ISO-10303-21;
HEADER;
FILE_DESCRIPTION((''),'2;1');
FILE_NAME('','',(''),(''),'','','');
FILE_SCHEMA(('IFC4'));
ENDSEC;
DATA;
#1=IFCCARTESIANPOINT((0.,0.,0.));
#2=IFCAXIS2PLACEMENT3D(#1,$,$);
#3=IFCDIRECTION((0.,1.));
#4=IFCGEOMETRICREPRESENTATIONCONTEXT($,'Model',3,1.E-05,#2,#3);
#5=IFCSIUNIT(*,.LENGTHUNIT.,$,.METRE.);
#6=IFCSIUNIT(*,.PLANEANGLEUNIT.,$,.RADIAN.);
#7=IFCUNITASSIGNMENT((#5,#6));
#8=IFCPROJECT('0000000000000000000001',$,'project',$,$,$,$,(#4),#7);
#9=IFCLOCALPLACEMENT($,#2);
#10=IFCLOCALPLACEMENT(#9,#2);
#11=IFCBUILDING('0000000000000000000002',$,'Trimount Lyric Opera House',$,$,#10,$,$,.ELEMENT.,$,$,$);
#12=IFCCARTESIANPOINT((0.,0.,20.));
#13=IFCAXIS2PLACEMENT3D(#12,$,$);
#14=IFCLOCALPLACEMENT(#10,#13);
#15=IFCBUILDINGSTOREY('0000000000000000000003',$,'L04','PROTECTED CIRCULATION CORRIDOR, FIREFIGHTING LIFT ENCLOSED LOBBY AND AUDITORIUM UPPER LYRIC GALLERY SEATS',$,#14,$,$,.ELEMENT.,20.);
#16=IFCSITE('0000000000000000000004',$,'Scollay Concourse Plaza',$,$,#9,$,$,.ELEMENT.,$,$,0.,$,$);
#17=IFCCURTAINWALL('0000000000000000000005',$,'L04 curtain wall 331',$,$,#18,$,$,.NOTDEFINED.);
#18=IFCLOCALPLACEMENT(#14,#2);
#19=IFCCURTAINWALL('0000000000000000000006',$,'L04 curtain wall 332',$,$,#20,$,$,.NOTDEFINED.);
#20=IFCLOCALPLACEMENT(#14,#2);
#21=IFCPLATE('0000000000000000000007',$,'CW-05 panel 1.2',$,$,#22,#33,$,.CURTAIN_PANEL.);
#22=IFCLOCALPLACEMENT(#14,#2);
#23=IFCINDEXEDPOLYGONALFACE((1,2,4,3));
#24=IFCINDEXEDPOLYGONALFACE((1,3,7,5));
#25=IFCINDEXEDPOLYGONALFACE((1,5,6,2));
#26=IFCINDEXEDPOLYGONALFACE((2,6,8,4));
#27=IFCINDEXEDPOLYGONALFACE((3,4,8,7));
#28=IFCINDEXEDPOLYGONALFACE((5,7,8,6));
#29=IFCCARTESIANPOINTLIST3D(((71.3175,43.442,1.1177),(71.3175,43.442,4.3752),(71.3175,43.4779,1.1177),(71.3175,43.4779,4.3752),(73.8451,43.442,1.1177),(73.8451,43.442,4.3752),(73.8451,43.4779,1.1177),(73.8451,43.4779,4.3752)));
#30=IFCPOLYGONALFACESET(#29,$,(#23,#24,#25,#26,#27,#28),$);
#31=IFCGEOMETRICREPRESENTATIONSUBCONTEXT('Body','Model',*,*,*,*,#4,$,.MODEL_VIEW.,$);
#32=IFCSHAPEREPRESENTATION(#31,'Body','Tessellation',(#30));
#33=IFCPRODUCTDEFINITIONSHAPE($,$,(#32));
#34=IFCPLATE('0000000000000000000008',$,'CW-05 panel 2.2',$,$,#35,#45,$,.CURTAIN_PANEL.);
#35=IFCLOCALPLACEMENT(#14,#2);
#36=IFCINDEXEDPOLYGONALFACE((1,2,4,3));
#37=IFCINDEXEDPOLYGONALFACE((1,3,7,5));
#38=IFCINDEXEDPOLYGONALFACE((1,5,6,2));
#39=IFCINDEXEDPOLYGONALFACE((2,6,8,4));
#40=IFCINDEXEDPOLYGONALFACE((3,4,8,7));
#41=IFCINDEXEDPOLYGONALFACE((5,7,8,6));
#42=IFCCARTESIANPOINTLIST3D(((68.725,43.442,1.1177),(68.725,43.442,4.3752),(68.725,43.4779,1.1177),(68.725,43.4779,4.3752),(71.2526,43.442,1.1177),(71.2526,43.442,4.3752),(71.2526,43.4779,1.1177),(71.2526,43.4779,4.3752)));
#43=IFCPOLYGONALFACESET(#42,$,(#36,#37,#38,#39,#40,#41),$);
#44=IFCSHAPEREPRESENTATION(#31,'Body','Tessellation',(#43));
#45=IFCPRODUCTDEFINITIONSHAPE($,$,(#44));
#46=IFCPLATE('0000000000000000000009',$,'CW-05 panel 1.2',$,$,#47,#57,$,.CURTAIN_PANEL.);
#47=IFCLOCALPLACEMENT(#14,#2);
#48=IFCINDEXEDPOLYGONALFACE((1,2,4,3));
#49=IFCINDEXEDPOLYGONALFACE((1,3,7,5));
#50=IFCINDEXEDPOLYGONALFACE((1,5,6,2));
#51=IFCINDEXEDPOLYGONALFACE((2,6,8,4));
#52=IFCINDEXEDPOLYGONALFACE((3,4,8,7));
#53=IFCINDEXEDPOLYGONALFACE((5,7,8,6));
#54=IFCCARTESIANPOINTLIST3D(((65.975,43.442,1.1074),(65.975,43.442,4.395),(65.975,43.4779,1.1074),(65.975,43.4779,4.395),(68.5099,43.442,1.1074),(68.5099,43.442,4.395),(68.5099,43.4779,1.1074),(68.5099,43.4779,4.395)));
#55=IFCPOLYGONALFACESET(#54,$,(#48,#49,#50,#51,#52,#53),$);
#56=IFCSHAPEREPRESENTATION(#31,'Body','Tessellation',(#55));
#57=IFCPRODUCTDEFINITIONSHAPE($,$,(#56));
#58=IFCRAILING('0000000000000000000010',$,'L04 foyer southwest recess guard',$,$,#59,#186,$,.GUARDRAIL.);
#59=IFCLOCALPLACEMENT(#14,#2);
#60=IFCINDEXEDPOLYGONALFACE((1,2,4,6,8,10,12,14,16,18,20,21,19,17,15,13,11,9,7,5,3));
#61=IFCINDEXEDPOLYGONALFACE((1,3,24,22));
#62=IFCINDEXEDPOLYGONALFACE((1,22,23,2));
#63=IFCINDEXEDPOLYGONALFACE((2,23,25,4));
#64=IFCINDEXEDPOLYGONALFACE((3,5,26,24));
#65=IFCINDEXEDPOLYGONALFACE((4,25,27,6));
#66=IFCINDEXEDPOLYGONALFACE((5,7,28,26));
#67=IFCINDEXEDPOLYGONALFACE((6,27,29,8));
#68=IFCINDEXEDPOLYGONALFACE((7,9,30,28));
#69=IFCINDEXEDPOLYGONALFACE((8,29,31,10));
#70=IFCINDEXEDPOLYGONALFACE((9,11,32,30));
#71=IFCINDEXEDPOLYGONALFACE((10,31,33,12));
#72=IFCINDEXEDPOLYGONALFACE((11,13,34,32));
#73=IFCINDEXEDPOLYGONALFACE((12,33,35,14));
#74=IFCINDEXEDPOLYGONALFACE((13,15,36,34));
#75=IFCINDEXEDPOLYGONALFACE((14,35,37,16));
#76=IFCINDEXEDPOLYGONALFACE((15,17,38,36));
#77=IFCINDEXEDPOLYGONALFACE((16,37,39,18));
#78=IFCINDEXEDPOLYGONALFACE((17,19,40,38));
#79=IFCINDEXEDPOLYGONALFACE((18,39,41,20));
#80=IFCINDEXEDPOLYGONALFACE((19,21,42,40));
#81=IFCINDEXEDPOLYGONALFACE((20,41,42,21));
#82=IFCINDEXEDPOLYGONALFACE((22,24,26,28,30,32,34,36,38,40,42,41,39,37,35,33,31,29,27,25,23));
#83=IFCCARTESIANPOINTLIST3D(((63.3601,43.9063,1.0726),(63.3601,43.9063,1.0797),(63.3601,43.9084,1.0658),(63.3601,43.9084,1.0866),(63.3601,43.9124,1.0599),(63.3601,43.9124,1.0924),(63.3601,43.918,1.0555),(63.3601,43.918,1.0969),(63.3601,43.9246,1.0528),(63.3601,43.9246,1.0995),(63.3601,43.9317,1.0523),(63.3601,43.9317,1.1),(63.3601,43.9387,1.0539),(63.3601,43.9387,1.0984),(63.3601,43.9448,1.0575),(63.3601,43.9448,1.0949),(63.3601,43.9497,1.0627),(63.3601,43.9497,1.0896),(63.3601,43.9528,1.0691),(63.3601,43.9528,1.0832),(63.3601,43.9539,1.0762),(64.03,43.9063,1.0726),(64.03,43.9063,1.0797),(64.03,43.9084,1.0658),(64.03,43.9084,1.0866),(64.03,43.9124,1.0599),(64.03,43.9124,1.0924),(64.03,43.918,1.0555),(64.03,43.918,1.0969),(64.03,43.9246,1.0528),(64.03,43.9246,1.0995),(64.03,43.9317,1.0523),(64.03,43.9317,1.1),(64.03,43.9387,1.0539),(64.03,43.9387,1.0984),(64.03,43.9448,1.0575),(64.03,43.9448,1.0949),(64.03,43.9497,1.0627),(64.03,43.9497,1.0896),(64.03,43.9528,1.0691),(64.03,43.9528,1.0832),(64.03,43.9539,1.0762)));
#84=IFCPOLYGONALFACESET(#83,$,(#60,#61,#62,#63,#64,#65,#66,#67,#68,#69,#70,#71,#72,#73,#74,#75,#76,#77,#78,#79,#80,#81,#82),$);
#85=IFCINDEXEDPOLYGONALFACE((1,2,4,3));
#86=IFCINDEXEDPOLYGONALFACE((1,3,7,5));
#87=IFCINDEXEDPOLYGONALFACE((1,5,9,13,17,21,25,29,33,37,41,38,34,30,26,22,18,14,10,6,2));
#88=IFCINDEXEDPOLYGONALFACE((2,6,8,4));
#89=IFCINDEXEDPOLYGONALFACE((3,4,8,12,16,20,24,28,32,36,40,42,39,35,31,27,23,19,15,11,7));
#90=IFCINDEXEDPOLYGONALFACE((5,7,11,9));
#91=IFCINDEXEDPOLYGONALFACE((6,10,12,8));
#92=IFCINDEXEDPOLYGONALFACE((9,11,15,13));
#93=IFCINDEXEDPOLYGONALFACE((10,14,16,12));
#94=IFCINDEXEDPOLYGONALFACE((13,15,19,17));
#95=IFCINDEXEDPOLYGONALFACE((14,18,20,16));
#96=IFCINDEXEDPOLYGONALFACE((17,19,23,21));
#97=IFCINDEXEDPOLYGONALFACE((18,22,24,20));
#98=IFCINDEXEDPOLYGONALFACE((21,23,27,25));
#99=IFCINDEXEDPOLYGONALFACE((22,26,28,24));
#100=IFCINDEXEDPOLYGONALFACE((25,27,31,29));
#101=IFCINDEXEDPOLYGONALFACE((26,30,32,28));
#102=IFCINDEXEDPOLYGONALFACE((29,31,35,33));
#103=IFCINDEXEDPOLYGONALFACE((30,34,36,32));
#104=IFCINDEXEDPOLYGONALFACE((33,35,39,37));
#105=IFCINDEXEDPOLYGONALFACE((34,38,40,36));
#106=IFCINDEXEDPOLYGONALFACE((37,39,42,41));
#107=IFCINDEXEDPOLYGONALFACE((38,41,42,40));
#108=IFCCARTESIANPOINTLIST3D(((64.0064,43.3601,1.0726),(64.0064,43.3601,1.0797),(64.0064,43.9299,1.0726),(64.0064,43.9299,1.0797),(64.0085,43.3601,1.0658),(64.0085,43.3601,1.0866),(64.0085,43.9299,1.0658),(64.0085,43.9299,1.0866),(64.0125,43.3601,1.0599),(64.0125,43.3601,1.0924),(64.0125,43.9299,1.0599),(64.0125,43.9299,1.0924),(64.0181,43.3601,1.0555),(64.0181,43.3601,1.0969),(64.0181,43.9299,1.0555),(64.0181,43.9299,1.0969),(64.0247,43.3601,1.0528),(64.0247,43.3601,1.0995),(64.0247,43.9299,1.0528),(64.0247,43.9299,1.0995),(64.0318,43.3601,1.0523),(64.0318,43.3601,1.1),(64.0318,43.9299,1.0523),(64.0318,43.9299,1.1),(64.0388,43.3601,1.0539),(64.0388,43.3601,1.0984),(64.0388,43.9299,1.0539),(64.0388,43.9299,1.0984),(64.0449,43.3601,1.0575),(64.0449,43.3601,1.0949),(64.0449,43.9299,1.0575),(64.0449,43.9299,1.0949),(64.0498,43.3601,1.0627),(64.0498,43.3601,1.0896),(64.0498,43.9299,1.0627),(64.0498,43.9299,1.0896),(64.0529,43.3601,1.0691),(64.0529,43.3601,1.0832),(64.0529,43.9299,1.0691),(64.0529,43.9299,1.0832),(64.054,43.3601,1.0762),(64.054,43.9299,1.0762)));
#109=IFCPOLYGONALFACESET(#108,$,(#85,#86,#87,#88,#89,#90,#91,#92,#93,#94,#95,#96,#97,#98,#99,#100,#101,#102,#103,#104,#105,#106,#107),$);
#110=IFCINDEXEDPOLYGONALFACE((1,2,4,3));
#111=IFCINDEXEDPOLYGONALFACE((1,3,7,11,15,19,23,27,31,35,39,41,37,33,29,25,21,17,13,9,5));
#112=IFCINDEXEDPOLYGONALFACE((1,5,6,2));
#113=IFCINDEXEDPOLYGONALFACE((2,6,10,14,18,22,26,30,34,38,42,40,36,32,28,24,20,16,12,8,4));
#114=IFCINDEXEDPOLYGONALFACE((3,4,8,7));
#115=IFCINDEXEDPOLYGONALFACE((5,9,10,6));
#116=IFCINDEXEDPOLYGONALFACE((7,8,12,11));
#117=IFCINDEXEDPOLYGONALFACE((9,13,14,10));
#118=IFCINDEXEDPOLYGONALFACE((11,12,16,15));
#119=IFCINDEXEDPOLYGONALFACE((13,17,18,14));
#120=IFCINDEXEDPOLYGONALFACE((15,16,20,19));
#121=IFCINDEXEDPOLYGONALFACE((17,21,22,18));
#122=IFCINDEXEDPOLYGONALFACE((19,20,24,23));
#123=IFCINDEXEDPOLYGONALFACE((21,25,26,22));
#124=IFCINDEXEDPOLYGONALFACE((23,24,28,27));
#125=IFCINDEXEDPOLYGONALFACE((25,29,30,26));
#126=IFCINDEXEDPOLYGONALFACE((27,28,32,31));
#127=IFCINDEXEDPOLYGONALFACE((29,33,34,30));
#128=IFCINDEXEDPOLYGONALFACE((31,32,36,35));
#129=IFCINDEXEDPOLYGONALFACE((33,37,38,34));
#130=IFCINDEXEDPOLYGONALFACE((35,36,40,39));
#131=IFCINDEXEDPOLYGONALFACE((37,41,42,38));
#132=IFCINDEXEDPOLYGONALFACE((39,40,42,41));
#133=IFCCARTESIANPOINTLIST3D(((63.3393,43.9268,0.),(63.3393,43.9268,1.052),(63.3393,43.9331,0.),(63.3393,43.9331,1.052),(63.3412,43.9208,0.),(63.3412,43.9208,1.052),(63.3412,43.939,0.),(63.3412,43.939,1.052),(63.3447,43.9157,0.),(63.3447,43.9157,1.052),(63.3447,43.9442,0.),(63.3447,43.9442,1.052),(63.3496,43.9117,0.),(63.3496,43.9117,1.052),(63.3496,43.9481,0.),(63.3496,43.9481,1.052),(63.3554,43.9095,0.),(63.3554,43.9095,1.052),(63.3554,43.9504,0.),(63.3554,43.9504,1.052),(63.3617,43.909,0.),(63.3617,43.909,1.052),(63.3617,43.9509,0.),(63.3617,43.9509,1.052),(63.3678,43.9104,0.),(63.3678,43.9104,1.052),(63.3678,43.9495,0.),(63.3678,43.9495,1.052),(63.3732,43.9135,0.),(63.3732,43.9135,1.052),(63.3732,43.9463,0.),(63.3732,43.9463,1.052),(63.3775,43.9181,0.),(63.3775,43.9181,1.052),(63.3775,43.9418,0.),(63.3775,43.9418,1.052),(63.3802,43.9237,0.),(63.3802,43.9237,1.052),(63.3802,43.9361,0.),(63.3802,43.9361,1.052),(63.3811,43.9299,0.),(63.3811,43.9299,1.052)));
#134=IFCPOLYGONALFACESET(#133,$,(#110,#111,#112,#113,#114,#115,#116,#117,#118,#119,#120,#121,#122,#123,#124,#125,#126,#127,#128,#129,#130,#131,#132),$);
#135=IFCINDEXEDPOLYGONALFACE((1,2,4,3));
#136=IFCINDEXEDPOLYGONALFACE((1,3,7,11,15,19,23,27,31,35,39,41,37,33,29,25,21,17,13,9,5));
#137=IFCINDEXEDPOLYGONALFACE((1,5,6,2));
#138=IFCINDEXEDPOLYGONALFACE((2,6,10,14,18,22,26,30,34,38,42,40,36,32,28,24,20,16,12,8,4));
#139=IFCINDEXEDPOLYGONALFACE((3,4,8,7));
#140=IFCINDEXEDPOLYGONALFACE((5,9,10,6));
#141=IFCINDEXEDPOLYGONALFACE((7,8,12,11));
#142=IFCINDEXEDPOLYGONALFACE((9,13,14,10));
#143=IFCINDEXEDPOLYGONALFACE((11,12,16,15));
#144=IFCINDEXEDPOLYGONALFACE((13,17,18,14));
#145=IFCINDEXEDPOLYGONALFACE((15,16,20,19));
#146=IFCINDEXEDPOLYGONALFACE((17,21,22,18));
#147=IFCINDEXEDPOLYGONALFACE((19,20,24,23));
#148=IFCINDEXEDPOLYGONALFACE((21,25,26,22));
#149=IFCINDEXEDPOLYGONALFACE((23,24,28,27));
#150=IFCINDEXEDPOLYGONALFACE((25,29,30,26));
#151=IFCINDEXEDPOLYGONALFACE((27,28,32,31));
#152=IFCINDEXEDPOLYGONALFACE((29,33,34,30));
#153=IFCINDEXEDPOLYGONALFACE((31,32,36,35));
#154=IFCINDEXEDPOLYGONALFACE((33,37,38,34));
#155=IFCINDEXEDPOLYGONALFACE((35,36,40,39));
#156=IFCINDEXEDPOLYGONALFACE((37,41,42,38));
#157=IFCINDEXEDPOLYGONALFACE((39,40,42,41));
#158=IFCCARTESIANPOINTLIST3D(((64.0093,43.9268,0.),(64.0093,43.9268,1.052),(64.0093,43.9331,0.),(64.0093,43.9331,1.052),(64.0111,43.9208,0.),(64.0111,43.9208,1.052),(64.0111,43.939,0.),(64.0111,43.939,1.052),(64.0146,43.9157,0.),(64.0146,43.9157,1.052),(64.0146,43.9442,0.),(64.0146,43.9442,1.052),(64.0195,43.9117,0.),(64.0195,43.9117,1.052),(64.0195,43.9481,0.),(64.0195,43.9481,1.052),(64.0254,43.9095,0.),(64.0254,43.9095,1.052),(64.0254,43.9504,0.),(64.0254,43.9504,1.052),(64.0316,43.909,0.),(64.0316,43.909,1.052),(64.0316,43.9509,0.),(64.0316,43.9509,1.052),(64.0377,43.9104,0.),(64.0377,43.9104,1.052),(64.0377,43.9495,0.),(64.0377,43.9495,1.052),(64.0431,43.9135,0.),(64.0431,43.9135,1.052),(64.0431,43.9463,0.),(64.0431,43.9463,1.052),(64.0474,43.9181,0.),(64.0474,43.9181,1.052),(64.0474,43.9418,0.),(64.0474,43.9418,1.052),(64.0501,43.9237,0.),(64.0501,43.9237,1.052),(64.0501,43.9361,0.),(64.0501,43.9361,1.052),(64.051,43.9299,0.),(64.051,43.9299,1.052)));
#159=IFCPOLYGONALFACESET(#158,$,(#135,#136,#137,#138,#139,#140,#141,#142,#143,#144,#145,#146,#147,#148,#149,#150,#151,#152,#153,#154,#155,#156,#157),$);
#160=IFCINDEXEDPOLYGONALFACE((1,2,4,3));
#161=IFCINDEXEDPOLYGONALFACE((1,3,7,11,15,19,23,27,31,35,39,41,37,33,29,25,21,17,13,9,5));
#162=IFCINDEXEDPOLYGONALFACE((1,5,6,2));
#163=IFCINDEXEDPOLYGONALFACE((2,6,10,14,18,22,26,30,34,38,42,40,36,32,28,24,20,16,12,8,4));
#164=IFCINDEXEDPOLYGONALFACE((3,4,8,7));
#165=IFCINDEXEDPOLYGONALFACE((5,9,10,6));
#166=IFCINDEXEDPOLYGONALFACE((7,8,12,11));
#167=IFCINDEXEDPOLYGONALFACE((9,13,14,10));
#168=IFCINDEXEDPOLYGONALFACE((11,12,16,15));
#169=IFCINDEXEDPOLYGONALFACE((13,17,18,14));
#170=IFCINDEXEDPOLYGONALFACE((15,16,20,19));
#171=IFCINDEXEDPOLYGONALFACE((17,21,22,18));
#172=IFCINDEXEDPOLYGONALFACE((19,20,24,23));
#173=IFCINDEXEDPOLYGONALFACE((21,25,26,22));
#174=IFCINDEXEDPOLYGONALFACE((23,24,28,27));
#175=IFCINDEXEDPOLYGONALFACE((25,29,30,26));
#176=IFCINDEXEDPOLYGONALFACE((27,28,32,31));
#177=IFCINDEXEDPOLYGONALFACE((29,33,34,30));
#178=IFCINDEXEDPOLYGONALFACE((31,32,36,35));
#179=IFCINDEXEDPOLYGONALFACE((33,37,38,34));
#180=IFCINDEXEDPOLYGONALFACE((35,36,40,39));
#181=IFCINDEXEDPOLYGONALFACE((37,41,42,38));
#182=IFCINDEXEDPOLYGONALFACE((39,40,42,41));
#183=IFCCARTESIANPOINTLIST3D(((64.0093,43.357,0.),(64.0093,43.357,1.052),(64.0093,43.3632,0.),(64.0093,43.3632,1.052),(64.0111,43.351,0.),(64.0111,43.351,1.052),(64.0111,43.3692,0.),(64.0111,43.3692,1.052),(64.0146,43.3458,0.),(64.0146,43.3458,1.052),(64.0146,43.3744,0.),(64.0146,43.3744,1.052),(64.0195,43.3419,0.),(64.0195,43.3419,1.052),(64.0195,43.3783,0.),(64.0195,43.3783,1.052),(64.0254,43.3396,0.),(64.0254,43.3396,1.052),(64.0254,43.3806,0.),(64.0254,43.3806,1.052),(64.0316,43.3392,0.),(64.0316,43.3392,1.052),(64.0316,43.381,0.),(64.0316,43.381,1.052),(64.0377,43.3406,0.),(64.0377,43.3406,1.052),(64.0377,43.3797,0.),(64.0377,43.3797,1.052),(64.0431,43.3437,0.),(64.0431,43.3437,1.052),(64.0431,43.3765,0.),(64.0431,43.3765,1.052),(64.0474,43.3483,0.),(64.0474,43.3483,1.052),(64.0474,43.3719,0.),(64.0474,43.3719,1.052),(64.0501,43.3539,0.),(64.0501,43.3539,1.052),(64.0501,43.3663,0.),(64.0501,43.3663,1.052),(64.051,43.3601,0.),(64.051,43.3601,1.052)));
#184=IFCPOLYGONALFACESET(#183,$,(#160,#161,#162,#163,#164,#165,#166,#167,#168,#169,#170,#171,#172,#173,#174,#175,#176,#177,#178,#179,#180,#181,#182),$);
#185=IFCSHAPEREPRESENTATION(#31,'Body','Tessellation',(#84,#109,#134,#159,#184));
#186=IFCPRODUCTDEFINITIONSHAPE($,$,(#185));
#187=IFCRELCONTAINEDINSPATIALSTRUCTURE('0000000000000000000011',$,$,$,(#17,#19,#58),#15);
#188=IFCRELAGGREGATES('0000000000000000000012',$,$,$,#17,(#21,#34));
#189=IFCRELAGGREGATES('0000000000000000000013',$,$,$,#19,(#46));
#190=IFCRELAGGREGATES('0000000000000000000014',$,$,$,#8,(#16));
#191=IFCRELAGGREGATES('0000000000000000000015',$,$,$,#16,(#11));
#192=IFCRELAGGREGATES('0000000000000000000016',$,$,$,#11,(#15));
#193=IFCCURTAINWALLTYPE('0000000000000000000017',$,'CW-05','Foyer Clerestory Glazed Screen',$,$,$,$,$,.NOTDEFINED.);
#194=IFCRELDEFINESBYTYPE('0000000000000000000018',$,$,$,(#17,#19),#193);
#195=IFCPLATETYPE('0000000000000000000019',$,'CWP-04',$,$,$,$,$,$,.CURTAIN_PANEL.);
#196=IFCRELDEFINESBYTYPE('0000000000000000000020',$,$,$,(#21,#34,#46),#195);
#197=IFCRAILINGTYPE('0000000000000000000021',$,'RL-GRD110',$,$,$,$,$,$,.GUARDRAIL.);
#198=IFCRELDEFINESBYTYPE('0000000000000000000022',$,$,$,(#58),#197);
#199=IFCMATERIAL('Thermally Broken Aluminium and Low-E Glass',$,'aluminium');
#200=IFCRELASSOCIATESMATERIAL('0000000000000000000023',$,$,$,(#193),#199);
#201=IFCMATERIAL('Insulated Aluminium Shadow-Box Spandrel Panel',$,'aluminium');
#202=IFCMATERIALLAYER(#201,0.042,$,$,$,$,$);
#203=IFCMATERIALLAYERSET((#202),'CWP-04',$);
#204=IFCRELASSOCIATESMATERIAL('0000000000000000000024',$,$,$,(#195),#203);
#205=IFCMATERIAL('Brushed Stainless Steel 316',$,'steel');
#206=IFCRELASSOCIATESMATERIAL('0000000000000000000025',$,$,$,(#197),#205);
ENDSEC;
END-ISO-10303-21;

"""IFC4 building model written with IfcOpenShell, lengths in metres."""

from ifc_helpers import new_model, si_unit, direction, frame, origin, origin_2d, place, context, subcontext, project, spatial, rectangle, circle, extrude, material, layer, layer_set, type_object, element, aggregate, save


model = new_model("IFC4")

# Units and contexts
model_context = context("Model", 3, precision=1e-05, world=origin(), true_north=direction((0.0, 1.0)))
body_context = subcontext(model_context, "Body", "Model", "MODEL_VIEW")
ifc_project = project(units=[si_unit("LENGTHUNIT", "METRE"), si_unit("PLANEANGLEUNIT", "RADIAN")], contexts=[model_context])

# Site, building, storey
site_placement = place(None, origin())
site = spatial("IfcSite", under=ifc_project, at=site_placement, Name="Scollay Concourse Plaza", CompositionType="ELEMENT", RefElevation=0.0)
building_placement = place(site_placement, origin())
building = spatial("IfcBuilding", under=site, at=building_placement, Name="Trimount Lyric Opera House", CompositionType="ELEMENT")
storey_placement = place(building_placement, frame((0.0, 0.0, 20.0)))
storey = spatial("IfcBuildingStorey", under=building, at=storey_placement, Name="L04", Description="PROTECTED CIRCULATION CORRIDOR, FIREFIGHTING LIFT ENCLOSED LOBBY AND AUDITORIUM UPPER LYRIC GALLERY SEATS", CompositionType="ELEMENT", Elevation=20.0)

# Shared definitions
ifc_material_1 = material(Name="Thermally Broken Aluminium and Low-E Glass", Category="aluminium")
curtain_wall_type = type_object("IfcCurtainWallType", Name="CW-05", Description="Foyer Clerestory Glazed Screen", PredefinedType="NOTDEFINED", material=ifc_material_1)

# Curtain walls
curtain_wall_1_placement = place(storey_placement, origin())
curtain_wall_1 = element("IfcCurtainWall", 1, at=curtain_wall_1_placement, inside=storey, type_object=curtain_wall_type, Name="L04 curtain wall 331", PredefinedType="NOTDEFINED")
curtain_wall_2_placement = place(storey_placement, origin())
curtain_wall_2 = element("IfcCurtainWall", 2, at=curtain_wall_2_placement, inside=storey, type_object=curtain_wall_type, Name="L04 curtain wall 332", PredefinedType="NOTDEFINED")

# Plates
ifc_material_2 = material(Name="Insulated Aluminium Shadow-Box Spandrel Panel", Category="aluminium")
ifc_layer_1 = layer(ifc_material_2, 0.042)
ifc_layer_set_1 = layer_set([ifc_layer_1], Name="CWP-04")
plate_type_1 = type_object("IfcPlateType", Name="CWP-04", PredefinedType="CURTAIN_PANEL", material=ifc_layer_set_1)
plate_1_placement = place(storey_placement, frame((72.5813, 43.46, 1.1177), z_axis=(0.0, 0.0, 1.0), x_axis=(-1.0, 0.0, 0.0)))
plate_1 = element("IfcPlate", 3, at=plate_1_placement, type_object=plate_type_1, Name="CW-05 panel 1.2", PredefinedType="CURTAIN_PANEL", context=body_context, shape_type="SweptSolid", body=[
    extrude(rectangle(XDim=2.5276, YDim=0.0359, at=origin_2d()), origin(), (0.0, 0.0, 1.0), 3.2576),
])
plate_2_placement = place(storey_placement, frame((69.9888, 43.46, 1.1177), z_axis=(0.0, 0.0, 1.0), x_axis=(-1.0, 0.0, 0.0)))
plate_2 = element("IfcPlate", 4, at=plate_2_placement, type_object=plate_type_1, Name="CW-05 panel 2.2", PredefinedType="CURTAIN_PANEL", context=body_context, shape_type="SweptSolid", body=[
    extrude(rectangle(XDim=2.5276, YDim=0.0359, at=origin_2d()), origin(), (0.0, 0.0, 1.0), 3.2576),
])
aggregate(curtain_wall_1, [plate_1, plate_2])
plate_3_placement = place(storey_placement, frame((67.2424, 43.46, 1.1074), z_axis=(0.0, 0.0, 1.0), x_axis=(-1.0, 0.0, 0.0)))
plate_3 = element("IfcPlate", 5, at=plate_3_placement, type_object=plate_type_1, Name="CW-05 panel 1.2", PredefinedType="CURTAIN_PANEL", context=body_context, shape_type="SweptSolid", body=[
    extrude(rectangle(XDim=2.5349, YDim=0.0359, at=origin_2d()), origin(), (0.0, 0.0, 1.0), 3.2876),
])
aggregate(curtain_wall_2, [plate_3])

# Railing
ifc_material_3 = material(Name="Brushed Stainless Steel 316", Category="steel")
railing_type = type_object("IfcRailingType", Name="RL-GRD110", PredefinedType="GUARDRAIL", material=ifc_material_3)
railing_placement = place(storey_placement, frame((63.3601, 43.9299, 0.0)))
element("IfcRailing", 6, at=railing_placement, inside=storey, type_object=railing_type, Name="L04 foyer southwest recess guard", PredefinedType="GUARDRAIL", context=body_context, shape_type="SweptSolid", body=[
    extrude(circle(Radius=0.0239, at=origin_2d()), frame((0.0, 0.0, 1.0762), z_axis=(1.0, 0.0, 0.0), x_axis=(0.0, 1.0, 0.0)), (0.0, 0.0, 1.0), 0.6699),
    extrude(circle(Radius=0.0239, at=origin_2d()), frame((0.6699, 0.0, 1.0762), z_axis=(0.0, -1.0, 0.0), x_axis=(1.0, 0.0, 0.0)), (0.0, 0.0, 1.0), 0.5698),
    extrude(circle(Radius=0.021, at=origin_2d()), origin(), (0.0, 0.0, 1.0), 1.052),
    extrude(circle(Radius=0.021, at=origin_2d()), frame((0.6699, 0.0, 0.0)), (0.0, 0.0, 1.0), 1.052),
    extrude(circle(Radius=0.021, at=origin_2d()), frame((0.6699, -0.5698, 0.0)), (0.0, 0.0, 1.0), 1.052),
])

save(model, "model.ifc")
